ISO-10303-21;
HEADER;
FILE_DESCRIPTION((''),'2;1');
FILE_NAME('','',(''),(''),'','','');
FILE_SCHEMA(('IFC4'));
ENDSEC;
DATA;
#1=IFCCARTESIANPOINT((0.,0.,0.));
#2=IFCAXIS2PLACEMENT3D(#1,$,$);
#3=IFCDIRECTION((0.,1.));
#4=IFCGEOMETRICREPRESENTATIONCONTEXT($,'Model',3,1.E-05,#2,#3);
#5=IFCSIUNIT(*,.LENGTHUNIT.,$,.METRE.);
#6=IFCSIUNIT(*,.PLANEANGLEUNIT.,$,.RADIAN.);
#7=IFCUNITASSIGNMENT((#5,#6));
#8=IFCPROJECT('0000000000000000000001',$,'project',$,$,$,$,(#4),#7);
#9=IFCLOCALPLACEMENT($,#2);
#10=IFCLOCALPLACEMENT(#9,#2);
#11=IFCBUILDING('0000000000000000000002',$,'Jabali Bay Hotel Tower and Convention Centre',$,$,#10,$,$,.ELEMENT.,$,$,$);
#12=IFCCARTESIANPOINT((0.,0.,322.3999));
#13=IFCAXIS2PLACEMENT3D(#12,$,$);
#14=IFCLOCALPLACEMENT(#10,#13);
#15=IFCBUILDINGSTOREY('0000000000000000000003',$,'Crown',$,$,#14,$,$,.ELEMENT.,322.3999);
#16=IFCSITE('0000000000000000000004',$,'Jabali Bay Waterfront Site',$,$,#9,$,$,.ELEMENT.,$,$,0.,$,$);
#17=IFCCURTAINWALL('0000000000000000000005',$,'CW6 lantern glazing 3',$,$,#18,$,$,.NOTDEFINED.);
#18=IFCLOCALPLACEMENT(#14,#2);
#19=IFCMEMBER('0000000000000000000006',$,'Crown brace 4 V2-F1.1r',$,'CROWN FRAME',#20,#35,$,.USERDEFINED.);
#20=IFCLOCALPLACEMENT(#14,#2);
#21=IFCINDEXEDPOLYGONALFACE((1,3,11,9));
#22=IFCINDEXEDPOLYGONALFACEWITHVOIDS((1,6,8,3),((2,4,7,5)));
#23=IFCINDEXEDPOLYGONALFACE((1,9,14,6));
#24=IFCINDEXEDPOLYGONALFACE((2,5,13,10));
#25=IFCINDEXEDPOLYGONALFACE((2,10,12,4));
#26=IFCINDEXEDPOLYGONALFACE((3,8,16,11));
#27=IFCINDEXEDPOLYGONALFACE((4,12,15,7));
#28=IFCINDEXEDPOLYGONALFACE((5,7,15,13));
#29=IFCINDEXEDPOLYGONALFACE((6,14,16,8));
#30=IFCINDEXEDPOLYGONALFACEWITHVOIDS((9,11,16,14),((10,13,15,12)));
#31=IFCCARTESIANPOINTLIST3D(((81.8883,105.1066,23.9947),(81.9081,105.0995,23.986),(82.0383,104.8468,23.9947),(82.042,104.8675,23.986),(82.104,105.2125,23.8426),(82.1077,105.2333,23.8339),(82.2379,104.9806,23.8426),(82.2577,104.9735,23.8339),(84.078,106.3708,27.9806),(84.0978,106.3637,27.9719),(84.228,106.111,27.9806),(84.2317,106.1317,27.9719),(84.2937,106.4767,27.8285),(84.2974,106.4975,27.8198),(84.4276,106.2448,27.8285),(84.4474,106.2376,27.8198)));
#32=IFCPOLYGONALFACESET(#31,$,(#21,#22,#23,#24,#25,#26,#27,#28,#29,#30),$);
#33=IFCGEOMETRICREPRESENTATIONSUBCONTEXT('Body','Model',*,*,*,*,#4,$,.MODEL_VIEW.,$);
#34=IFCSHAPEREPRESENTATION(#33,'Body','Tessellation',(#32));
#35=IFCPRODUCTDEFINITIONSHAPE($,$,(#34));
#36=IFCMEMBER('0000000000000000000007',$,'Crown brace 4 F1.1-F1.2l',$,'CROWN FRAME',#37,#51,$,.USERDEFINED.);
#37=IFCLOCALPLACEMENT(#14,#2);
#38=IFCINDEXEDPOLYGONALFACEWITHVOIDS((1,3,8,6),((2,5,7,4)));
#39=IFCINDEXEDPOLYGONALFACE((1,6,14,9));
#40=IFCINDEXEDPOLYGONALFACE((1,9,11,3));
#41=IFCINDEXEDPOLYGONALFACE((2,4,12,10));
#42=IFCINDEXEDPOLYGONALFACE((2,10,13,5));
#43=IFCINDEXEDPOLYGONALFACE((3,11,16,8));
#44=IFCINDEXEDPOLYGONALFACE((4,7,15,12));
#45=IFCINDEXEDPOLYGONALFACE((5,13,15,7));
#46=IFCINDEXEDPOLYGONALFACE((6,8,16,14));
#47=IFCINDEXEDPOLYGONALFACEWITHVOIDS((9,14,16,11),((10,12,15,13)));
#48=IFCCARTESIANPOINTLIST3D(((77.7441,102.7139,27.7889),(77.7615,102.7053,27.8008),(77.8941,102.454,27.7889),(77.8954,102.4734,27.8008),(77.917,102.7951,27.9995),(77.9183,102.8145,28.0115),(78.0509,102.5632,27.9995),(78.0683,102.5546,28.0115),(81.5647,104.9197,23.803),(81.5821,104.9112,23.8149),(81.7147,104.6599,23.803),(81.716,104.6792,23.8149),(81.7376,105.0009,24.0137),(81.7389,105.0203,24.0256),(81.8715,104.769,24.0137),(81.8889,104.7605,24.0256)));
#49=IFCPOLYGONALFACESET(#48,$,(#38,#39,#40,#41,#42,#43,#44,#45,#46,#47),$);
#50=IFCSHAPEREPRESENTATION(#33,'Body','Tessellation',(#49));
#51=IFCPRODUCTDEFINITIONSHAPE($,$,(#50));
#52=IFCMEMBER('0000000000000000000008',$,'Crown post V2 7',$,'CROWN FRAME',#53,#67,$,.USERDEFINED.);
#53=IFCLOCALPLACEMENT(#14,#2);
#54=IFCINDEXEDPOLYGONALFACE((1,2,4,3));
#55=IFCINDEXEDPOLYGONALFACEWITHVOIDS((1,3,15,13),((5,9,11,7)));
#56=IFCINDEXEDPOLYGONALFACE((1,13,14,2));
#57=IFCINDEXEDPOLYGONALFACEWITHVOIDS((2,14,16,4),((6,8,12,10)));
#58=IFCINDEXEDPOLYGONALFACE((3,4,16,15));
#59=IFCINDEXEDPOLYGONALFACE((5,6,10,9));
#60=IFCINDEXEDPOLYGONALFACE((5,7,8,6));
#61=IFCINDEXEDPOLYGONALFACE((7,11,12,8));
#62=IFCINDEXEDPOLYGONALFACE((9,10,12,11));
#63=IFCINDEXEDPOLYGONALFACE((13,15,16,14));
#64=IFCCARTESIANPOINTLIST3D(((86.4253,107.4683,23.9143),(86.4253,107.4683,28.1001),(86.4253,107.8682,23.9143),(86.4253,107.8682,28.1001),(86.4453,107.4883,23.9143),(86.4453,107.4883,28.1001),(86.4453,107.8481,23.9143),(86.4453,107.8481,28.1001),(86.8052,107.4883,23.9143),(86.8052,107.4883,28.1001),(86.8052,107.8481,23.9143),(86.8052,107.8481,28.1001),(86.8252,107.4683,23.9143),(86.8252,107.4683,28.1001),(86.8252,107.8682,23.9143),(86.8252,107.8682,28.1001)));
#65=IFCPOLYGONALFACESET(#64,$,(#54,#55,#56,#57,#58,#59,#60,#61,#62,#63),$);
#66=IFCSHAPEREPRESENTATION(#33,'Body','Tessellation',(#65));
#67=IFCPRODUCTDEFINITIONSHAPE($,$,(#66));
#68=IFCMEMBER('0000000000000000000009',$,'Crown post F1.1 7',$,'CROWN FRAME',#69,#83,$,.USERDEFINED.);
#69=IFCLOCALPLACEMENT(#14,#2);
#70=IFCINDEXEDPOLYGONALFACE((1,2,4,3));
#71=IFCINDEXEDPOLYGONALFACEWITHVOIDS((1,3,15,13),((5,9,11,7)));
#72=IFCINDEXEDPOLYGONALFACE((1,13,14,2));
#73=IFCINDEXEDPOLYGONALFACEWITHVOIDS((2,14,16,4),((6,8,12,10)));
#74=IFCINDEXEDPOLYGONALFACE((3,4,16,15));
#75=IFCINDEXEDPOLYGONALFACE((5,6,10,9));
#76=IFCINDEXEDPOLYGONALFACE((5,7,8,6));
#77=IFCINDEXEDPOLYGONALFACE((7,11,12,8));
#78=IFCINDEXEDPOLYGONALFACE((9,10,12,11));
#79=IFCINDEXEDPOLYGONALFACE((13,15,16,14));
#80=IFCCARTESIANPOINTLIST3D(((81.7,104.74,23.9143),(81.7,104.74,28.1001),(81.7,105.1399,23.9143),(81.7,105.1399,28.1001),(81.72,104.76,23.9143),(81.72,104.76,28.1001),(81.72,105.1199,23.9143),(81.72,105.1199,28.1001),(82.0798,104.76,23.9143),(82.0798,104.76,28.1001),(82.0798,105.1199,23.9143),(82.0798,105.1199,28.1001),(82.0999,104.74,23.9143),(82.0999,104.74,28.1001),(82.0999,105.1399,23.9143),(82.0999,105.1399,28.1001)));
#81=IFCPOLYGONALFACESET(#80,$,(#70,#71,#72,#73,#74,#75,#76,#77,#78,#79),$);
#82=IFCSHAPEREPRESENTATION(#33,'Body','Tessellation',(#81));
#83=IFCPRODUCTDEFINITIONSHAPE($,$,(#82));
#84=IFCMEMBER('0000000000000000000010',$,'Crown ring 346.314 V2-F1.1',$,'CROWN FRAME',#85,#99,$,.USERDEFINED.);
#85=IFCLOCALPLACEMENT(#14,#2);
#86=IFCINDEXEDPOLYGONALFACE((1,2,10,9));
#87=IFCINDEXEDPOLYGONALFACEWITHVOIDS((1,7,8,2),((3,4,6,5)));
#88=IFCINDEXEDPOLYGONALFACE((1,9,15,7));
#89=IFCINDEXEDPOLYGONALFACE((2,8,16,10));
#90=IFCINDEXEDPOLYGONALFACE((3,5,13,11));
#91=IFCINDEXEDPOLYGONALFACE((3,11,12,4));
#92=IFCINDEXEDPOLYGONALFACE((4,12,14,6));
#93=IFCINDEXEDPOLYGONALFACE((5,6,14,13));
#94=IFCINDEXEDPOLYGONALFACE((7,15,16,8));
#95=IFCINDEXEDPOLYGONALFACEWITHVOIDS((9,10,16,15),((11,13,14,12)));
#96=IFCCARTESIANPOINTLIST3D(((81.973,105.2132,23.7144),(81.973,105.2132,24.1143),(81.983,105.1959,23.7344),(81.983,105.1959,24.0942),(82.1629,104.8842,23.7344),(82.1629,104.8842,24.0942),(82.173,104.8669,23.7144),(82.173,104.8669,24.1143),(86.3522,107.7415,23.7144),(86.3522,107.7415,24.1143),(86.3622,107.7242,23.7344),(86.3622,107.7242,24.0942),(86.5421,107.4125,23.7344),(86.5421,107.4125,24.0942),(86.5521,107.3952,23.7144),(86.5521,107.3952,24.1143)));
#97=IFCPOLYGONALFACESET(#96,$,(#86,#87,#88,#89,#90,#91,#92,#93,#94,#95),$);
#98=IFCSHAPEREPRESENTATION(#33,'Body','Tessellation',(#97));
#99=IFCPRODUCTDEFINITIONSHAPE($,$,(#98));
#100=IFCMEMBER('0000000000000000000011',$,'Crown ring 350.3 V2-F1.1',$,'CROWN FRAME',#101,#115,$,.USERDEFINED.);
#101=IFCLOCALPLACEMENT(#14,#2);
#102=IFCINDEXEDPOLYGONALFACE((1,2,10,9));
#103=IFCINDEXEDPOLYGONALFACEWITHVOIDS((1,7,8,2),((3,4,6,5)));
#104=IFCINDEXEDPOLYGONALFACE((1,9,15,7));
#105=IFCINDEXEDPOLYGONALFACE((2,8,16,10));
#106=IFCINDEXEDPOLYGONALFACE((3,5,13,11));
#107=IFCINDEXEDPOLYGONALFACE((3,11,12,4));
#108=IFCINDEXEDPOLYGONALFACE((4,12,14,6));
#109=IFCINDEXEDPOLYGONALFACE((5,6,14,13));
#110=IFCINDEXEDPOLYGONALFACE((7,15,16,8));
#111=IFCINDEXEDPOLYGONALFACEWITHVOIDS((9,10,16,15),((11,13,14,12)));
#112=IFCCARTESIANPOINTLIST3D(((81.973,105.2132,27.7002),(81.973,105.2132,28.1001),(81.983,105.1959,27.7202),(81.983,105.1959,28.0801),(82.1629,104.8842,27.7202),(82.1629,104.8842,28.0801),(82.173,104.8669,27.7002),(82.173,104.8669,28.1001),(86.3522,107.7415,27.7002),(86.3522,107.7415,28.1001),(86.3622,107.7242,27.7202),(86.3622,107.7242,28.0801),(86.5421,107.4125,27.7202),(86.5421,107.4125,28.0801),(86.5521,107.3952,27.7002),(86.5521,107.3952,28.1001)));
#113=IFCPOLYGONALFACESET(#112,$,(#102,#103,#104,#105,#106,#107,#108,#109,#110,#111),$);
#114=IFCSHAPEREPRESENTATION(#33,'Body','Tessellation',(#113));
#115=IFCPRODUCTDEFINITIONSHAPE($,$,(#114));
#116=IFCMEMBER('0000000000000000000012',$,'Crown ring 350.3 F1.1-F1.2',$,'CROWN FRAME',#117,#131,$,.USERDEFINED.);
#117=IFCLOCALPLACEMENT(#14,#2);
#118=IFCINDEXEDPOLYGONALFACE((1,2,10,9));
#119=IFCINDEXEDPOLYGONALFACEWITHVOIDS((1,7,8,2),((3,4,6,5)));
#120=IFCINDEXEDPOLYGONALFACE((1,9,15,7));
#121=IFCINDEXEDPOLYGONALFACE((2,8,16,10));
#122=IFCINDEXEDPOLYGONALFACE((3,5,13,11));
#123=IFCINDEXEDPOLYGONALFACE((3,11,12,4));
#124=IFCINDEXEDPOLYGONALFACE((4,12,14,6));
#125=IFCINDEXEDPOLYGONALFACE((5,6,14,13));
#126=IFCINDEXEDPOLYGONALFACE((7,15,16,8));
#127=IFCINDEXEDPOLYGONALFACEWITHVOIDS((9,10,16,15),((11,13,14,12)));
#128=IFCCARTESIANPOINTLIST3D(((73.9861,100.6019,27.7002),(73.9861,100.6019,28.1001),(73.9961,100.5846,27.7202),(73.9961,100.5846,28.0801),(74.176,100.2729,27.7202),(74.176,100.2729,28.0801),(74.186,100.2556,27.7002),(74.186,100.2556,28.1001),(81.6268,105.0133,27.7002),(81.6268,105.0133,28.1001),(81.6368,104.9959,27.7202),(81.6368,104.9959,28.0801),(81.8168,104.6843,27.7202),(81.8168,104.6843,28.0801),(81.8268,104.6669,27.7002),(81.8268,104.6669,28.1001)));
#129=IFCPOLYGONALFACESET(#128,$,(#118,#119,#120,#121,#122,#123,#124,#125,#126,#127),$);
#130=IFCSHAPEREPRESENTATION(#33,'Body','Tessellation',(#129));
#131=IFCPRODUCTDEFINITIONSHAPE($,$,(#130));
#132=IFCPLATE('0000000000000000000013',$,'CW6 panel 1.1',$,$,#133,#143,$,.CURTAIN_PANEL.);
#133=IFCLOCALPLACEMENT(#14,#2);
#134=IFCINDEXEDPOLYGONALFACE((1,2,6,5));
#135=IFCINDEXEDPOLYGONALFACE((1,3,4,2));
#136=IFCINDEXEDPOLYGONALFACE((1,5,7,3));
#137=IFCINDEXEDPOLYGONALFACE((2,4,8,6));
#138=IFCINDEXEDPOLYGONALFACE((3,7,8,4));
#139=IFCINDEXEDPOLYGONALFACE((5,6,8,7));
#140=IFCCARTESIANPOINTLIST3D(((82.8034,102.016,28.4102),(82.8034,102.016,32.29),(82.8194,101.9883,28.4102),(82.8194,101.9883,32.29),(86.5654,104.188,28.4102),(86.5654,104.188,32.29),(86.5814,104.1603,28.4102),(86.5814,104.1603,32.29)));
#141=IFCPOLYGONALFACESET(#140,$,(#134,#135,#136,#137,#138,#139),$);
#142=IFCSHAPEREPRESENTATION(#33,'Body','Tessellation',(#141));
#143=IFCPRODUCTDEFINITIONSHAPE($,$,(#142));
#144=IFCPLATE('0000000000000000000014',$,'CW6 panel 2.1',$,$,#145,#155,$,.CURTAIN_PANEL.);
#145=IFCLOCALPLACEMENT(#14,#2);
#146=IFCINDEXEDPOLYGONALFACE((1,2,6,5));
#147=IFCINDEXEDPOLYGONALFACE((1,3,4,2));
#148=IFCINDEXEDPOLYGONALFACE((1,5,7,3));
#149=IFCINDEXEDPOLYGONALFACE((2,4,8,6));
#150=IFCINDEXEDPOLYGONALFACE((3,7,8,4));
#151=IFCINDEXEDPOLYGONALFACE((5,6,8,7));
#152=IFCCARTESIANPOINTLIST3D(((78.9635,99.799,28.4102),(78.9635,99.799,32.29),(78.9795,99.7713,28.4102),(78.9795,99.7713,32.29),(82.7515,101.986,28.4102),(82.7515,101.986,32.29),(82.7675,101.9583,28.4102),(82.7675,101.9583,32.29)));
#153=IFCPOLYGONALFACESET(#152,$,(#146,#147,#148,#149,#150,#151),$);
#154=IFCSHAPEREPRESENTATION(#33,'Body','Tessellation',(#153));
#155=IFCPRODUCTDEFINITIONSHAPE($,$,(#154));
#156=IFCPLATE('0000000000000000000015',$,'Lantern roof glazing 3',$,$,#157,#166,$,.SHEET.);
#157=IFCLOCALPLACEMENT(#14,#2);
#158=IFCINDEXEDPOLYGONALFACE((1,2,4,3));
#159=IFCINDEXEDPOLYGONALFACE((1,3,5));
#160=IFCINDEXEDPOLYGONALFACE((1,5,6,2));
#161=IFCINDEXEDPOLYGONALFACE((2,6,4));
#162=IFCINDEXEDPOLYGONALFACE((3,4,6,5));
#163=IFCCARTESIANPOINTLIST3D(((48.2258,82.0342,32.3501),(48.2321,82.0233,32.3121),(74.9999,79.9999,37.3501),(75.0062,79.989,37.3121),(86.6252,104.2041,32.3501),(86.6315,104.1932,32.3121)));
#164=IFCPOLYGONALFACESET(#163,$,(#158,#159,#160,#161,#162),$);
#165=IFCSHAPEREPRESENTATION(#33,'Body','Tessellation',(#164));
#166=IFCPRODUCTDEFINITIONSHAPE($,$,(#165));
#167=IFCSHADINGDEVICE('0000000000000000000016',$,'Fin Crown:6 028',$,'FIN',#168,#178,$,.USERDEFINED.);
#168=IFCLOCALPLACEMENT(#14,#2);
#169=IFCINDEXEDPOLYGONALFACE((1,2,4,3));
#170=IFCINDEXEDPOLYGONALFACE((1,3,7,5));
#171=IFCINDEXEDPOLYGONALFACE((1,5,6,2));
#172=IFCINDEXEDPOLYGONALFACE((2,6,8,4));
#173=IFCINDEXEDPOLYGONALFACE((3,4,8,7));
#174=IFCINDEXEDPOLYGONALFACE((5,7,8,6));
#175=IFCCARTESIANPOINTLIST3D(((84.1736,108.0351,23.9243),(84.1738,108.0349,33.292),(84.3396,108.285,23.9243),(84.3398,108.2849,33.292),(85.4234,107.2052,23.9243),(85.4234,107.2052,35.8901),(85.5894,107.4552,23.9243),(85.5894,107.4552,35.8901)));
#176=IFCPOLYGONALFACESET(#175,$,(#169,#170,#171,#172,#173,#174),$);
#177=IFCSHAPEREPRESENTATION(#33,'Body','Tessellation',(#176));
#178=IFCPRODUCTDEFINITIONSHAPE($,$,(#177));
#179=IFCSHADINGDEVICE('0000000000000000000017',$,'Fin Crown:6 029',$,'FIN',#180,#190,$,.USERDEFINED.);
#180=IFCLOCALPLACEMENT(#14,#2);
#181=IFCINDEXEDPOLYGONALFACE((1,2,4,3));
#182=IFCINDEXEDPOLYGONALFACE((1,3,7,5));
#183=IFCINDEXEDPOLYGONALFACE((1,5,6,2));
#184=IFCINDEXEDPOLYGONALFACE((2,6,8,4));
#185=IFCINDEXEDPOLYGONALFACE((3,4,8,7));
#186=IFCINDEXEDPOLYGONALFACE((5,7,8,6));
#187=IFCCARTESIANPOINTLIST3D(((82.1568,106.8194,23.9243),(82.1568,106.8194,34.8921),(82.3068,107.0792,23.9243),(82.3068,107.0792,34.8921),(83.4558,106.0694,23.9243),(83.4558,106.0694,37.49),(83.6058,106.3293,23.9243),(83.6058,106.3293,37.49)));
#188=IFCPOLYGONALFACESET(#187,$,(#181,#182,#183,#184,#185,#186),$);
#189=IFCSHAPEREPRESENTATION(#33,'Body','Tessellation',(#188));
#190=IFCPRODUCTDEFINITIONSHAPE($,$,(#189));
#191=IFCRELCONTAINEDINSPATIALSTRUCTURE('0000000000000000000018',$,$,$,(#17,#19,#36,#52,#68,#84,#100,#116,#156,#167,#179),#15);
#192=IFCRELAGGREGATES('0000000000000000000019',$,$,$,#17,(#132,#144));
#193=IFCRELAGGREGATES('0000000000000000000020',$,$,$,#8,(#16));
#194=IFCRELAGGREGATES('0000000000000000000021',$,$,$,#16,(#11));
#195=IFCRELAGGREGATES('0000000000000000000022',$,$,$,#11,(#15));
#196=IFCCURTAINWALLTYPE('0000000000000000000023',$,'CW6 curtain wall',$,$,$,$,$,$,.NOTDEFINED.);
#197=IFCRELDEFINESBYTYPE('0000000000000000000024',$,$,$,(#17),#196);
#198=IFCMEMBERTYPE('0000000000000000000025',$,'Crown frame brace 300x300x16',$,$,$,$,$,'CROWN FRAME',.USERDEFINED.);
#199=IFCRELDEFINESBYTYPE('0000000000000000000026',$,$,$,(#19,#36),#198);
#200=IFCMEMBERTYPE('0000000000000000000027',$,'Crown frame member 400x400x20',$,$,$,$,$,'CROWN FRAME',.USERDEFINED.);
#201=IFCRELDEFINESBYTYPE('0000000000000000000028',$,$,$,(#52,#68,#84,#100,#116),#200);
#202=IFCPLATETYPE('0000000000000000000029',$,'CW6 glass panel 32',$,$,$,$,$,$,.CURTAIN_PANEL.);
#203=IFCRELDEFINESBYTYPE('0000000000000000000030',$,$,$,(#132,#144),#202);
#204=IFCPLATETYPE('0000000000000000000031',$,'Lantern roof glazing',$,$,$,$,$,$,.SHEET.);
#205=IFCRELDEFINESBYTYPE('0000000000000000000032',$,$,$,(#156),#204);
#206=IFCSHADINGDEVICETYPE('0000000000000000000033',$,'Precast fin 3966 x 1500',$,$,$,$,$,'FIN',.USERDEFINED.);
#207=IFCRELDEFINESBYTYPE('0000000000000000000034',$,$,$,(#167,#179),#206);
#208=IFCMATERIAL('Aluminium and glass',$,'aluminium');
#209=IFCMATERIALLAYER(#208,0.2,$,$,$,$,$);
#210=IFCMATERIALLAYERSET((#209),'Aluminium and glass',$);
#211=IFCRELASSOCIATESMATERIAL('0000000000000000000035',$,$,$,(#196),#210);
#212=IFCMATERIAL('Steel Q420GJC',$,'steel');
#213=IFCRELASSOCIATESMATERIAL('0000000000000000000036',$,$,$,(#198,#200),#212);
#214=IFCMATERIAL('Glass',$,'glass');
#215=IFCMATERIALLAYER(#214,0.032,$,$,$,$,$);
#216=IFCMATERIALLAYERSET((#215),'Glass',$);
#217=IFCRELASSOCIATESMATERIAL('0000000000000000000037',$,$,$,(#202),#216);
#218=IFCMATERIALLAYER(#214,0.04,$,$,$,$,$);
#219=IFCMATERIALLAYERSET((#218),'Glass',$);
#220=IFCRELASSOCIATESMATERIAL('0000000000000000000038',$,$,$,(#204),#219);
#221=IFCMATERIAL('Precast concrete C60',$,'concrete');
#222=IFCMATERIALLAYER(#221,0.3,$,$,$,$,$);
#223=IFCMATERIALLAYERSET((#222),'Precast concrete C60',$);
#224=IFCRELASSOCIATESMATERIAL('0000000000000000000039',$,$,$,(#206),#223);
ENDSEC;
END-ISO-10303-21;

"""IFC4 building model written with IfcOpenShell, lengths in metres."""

from ifc_helpers import new_model, si_unit, direction, frame, origin, origin_2d, place, context, subcontext, project, spatial, polyline, rectangle, hollow_rectangle, outline, extrude, material, layer, layer_set, material_profile, profile_set, type_object, element, aggregate, save


model = new_model("IFC4")

# Units and contexts
model_context = context("Model", 3, precision=1e-05, world=origin(), true_north=direction((0.0, 1.0)))
body_context = subcontext(model_context, "Body", "Model", "MODEL_VIEW")
ifc_project = project(units=[si_unit("LENGTHUNIT", "METRE"), si_unit("PLANEANGLEUNIT", "RADIAN")], contexts=[model_context])

# Site, building, storey
site_placement = place(None, origin())
site = spatial("IfcSite", under=ifc_project, at=site_placement, Name="Jabali Bay Waterfront Site", CompositionType="ELEMENT", RefElevation=0.0)
building_placement = place(site_placement, origin())
building = spatial("IfcBuilding", under=site, at=building_placement, Name="Jabali Bay Hotel Tower and Convention Centre", CompositionType="ELEMENT")
storey_placement = place(building_placement, frame((0.0, 0.0, 322.3999)))
storey = spatial("IfcBuildingStorey", under=building, at=storey_placement, Name="Crown", CompositionType="ELEMENT", Elevation=322.3999)

# Shared definitions
ifc_material_1 = material(Name="Aluminium and glass", Category="aluminium")
ifc_layer_1 = layer(ifc_material_1, 0.2)
ifc_layer_set_1 = layer_set([ifc_layer_1], Name="Aluminium and glass")
curtain_wall_type = type_object("IfcCurtainWallType", Name="CW6 curtain wall", PredefinedType="NOTDEFINED", material=ifc_layer_set_1)

# Curtain wall
curtain_wall_1_placement = place(storey_placement, origin())
curtain_wall_1 = element("IfcCurtainWall", 1, at=curtain_wall_1_placement, inside=storey, type_object=curtain_wall_type, Name="CW6 lantern glazing 3", PredefinedType="NOTDEFINED")

# Members
ifc_material_2 = material(Name="Steel Q420GJC", Category="steel")
ifc_material_profile_1 = material_profile(ifc_material_2, hollow_rectangle(XDim=0.3, YDim=0.3, WallThickness=0.0161, at=origin_2d()), Name="Crown frame brace 300x300x16")
ifc_profile_set_1 = profile_set([ifc_material_profile_1], Name="Steel Q420GJC")
member_type_1 = type_object("IfcMemberType", Name="Crown frame brace 300x300x16", ElementType="CROWN FRAME", PredefinedType="USERDEFINED", material=ifc_profile_set_1)
member_1_placement = place(storey_placement, frame((82.073, 105.04, 23.9143), z_axis=(0.463904, 0.267822, 0.844431), x_axis=(-0.499982, 0.866036, 0.0)))
element("IfcMember", 2, at=member_1_placement, inside=storey, type_object=member_type_1, Name="Crown brace 4 V2-F1.1r", ObjectType="CROWN FRAME", PredefinedType="USERDEFINED", context=body_context, shape_type="SweptSolid", body=[
    extrude(hollow_rectangle(XDim=0.3, YDim=0.3, WallThickness=0.0161, at=origin_2d()), origin(), (0.0, 0.0, 1.0), 4.7202),
])
member_2_placement = place(storey_placement, frame((81.7268, 104.8401, 23.9143), z_axis=(-0.642595, -0.371004, 0.670394), x_axis=(0.500002, -0.866024, 0.0)))
element("IfcMember", 3, at=member_2_placement, inside=storey, type_object=member_type_1, Name="Crown brace 4 F1.1-F1.2l", ObjectType="CROWN FRAME", PredefinedType="USERDEFINED", context=body_context, shape_type="SweptSolid", body=[
    extrude(hollow_rectangle(XDim=0.3, YDim=0.3, WallThickness=0.0161, at=origin_2d()), origin(), (0.0, 0.0, 1.0), 5.9456),
])
ifc_material_profile_2 = material_profile(ifc_material_2, hollow_rectangle(XDim=0.3999, YDim=0.3999, WallThickness=0.02, at=origin_2d()), Name="Crown frame member 400x400x20")
ifc_profile_set_2 = profile_set([ifc_material_profile_2], Name="Steel Q420GJC")
member_type_2 = type_object("IfcMemberType", Name="Crown frame member 400x400x20", ElementType="CROWN FRAME", PredefinedType="USERDEFINED", material=ifc_profile_set_2)
for number, where, z_axis, x_axis, name in (
    (4, (86.6252, 107.6682, 23.9143), (0.0, 0.0, 1.0), (1.0, 0.0, 0.0), "Crown post V2 7"),
    (5, (81.8999, 104.9399, 23.9143), (0.0, 0.0, 1.0), (1.0, 0.0, 0.0), "Crown post F1.1 7"),
):
    element("IfcMember", number, at=place(storey_placement, frame(where, z_axis=z_axis, x_axis=x_axis)), inside=storey, type_object=member_type_2, Name=name, ObjectType="CROWN FRAME", PredefinedType="USERDEFINED", context=body_context, shape_type="SweptSolid", body=[
        extrude(hollow_rectangle(XDim=0.3999, YDim=0.3999, WallThickness=0.02, at=origin_2d()), origin(), (0.0, 0.0, 1.0), 4.1858),
    ])
for number, where, z_axis, x_axis, name in (
    (6, (86.4521, 107.5684, 23.9143), (-0.866024, -0.500002, 0.0), (0.500002, -0.866024, 0.0), "Crown ring 346.314 V2-F1.1"),
    (7, (86.4521, 107.5684, 27.9001), (-0.866024, -0.500002, 0.0), (0.500002, -0.866024, 0.0), "Crown ring 350.3 V2-F1.1"),
):
    element("IfcMember", number, at=place(storey_placement, frame(where, z_axis=z_axis, x_axis=x_axis)), inside=storey, type_object=member_type_2, Name=name, ObjectType="CROWN FRAME", PredefinedType="USERDEFINED", context=body_context, shape_type="SweptSolid", body=[
        extrude(hollow_rectangle(XDim=0.3999, YDim=0.3999, WallThickness=0.02, at=origin_2d()), origin(), (0.0, 0.0, 1.0), 5.0566),
    ])
member_3_placement = place(storey_placement, frame((81.7268, 104.8401, 27.9001), z_axis=(-0.866029, -0.499993, 0.0), x_axis=(0.499993, -0.866029, 0.0)))
element("IfcMember", 8, at=member_3_placement, inside=storey, type_object=member_type_2, Name="Crown ring 350.3 F1.1-F1.2", ObjectType="CROWN FRAME", PredefinedType="USERDEFINED", context=body_context, shape_type="SweptSolid", body=[
    extrude(hollow_rectangle(XDim=0.3999, YDim=0.3999, WallThickness=0.02, at=origin_2d()), origin(), (0.0, 0.0, 1.0), 8.8228),
])

# Plates
ifc_material_3 = material(Name="Glass", Category="glass")
ifc_layer_2 = layer(ifc_material_3, 0.032)
ifc_layer_set_2 = layer_set([ifc_layer_2], Name="Glass")
plate_type_1 = type_object("IfcPlateType", Name="CW6 glass panel 32", PredefinedType="CURTAIN_PANEL", material=ifc_layer_set_2)
plate_1_placement = place(storey_placement, frame((84.6924, 103.0881, 28.4102), z_axis=(0.0, 0.0, 1.0), x_axis=(-0.866025, -0.5, 0.0)))
plate_1 = element("IfcPlate", 9, at=plate_1_placement, type_object=plate_type_1, Name="CW6 panel 1.1", PredefinedType="CURTAIN_PANEL", context=body_context, shape_type="SweptSolid", body=[
    extrude(rectangle(XDim=4.344, YDim=0.032, at=origin_2d()), origin(), (0.0, 0.0, 1.0), 3.8799),
])
plate_2_placement = place(storey_placement, frame((80.8655, 100.8787, 28.4102), z_axis=(0.0, 0.0, 1.0), x_axis=(-0.866025, -0.5, 0.0)))
plate_2 = element("IfcPlate", 10, at=plate_2_placement, type_object=plate_type_1, Name="CW6 panel 2.1", PredefinedType="CURTAIN_PANEL", context=body_context, shape_type="SweptSolid", body=[
    extrude(rectangle(XDim=4.374, YDim=0.032, at=origin_2d()), origin(), (0.0, 0.0, 1.0), 3.8799),
])
aggregate(curtain_wall_1, [plate_1, plate_2])
ifc_layer_3 = layer(ifc_material_3, 0.04)
ifc_layer_set_3 = layer_set([ifc_layer_3], Name="Glass")
plate_type_2 = type_object("IfcPlateType", Name="Lantern roof glazing", PredefinedType="SHEET", material=ifc_layer_set_3)
plate_3_placement = place(storey_placement, frame((86.6252, 104.2041, 32.3501), z_axis=(-0.156715, 0.271438, 0.949612), x_axis=(-0.866025, -0.5, 0.0)))
element("IfcPlate", 11, at=plate_3_placement, inside=storey, type_object=plate_type_2, Name="Lantern roof glazing 3", PredefinedType="SHEET", context=body_context, shape_type="SweptSolid", body=[
    extrude(outline(polyline([(0.0, 0.0), (44.3398, 0.0), (22.1699, 15.9526), (0.0, 0.0)])), origin(), (0.0, 0.0, -1.0), 0.04),
])

# Shading devices
ifc_material_4 = material(Name="Precast concrete C60", Category="concrete")
ifc_layer_4 = layer(ifc_material_4, 0.3)
ifc_layer_set_4 = layer_set([ifc_layer_4], Name="Precast concrete C60")
shading_device_type = type_object("IfcShadingDeviceType", Name="Precast fin 3966 x 1500", ElementType="FIN", PredefinedType="USERDEFINED", material=ifc_layer_set_4)
shading_device_1_placement = place(storey_placement, frame((85.5063, 107.3301, 23.9243), z_axis=(0.0, 0.0, 1.0), x_axis=(-0.833075, 0.553159, 0.0)))
element("IfcShadingDevice", 12, at=shading_device_1_placement, inside=storey, type_object=shading_device_type, Name="Fin Crown:6 028", ObjectType="FIN", PredefinedType="USERDEFINED", context=body_context, shape_type="SweptSolid", body=[
    extrude(outline(polyline([(0.0, 0.0), (1.5002, 0.0), (1.5, 9.3677), (0.0, 11.9658), (0.0, 0.0)])), frame((0.0, 0.1499, 0.0), z_axis=(0.0, -1.0, 0.0), x_axis=(1.0, 0.0, 0.0)), (0.0, 0.0, 1.0), 0.3),
])
shading_device_2_placement = place(storey_placement, frame((83.5308, 106.1992, 23.9243), z_axis=(0.0, 0.0, 1.0), x_axis=(-0.866031, 0.49999, 0.0)))
element("IfcShadingDevice", 13, at=shading_device_2_placement, inside=storey, type_object=shading_device_type, Name="Fin Crown:6 029", ObjectType="FIN", PredefinedType="USERDEFINED", context=body_context, shape_type="SweptSolid", body=[
    extrude(outline(polyline([(0.0, 0.0), (1.5, 0.0), (1.5, 10.9678), (0.0, 13.5657), (0.0, 0.0)])), frame((0.0, 0.1499, 0.0), z_axis=(0.0, -1.0, 0.0), x_axis=(1.0, 0.0, 0.0)), (0.0, 0.0, 1.0), 0.3),
])

save(model, "model.ifc")
